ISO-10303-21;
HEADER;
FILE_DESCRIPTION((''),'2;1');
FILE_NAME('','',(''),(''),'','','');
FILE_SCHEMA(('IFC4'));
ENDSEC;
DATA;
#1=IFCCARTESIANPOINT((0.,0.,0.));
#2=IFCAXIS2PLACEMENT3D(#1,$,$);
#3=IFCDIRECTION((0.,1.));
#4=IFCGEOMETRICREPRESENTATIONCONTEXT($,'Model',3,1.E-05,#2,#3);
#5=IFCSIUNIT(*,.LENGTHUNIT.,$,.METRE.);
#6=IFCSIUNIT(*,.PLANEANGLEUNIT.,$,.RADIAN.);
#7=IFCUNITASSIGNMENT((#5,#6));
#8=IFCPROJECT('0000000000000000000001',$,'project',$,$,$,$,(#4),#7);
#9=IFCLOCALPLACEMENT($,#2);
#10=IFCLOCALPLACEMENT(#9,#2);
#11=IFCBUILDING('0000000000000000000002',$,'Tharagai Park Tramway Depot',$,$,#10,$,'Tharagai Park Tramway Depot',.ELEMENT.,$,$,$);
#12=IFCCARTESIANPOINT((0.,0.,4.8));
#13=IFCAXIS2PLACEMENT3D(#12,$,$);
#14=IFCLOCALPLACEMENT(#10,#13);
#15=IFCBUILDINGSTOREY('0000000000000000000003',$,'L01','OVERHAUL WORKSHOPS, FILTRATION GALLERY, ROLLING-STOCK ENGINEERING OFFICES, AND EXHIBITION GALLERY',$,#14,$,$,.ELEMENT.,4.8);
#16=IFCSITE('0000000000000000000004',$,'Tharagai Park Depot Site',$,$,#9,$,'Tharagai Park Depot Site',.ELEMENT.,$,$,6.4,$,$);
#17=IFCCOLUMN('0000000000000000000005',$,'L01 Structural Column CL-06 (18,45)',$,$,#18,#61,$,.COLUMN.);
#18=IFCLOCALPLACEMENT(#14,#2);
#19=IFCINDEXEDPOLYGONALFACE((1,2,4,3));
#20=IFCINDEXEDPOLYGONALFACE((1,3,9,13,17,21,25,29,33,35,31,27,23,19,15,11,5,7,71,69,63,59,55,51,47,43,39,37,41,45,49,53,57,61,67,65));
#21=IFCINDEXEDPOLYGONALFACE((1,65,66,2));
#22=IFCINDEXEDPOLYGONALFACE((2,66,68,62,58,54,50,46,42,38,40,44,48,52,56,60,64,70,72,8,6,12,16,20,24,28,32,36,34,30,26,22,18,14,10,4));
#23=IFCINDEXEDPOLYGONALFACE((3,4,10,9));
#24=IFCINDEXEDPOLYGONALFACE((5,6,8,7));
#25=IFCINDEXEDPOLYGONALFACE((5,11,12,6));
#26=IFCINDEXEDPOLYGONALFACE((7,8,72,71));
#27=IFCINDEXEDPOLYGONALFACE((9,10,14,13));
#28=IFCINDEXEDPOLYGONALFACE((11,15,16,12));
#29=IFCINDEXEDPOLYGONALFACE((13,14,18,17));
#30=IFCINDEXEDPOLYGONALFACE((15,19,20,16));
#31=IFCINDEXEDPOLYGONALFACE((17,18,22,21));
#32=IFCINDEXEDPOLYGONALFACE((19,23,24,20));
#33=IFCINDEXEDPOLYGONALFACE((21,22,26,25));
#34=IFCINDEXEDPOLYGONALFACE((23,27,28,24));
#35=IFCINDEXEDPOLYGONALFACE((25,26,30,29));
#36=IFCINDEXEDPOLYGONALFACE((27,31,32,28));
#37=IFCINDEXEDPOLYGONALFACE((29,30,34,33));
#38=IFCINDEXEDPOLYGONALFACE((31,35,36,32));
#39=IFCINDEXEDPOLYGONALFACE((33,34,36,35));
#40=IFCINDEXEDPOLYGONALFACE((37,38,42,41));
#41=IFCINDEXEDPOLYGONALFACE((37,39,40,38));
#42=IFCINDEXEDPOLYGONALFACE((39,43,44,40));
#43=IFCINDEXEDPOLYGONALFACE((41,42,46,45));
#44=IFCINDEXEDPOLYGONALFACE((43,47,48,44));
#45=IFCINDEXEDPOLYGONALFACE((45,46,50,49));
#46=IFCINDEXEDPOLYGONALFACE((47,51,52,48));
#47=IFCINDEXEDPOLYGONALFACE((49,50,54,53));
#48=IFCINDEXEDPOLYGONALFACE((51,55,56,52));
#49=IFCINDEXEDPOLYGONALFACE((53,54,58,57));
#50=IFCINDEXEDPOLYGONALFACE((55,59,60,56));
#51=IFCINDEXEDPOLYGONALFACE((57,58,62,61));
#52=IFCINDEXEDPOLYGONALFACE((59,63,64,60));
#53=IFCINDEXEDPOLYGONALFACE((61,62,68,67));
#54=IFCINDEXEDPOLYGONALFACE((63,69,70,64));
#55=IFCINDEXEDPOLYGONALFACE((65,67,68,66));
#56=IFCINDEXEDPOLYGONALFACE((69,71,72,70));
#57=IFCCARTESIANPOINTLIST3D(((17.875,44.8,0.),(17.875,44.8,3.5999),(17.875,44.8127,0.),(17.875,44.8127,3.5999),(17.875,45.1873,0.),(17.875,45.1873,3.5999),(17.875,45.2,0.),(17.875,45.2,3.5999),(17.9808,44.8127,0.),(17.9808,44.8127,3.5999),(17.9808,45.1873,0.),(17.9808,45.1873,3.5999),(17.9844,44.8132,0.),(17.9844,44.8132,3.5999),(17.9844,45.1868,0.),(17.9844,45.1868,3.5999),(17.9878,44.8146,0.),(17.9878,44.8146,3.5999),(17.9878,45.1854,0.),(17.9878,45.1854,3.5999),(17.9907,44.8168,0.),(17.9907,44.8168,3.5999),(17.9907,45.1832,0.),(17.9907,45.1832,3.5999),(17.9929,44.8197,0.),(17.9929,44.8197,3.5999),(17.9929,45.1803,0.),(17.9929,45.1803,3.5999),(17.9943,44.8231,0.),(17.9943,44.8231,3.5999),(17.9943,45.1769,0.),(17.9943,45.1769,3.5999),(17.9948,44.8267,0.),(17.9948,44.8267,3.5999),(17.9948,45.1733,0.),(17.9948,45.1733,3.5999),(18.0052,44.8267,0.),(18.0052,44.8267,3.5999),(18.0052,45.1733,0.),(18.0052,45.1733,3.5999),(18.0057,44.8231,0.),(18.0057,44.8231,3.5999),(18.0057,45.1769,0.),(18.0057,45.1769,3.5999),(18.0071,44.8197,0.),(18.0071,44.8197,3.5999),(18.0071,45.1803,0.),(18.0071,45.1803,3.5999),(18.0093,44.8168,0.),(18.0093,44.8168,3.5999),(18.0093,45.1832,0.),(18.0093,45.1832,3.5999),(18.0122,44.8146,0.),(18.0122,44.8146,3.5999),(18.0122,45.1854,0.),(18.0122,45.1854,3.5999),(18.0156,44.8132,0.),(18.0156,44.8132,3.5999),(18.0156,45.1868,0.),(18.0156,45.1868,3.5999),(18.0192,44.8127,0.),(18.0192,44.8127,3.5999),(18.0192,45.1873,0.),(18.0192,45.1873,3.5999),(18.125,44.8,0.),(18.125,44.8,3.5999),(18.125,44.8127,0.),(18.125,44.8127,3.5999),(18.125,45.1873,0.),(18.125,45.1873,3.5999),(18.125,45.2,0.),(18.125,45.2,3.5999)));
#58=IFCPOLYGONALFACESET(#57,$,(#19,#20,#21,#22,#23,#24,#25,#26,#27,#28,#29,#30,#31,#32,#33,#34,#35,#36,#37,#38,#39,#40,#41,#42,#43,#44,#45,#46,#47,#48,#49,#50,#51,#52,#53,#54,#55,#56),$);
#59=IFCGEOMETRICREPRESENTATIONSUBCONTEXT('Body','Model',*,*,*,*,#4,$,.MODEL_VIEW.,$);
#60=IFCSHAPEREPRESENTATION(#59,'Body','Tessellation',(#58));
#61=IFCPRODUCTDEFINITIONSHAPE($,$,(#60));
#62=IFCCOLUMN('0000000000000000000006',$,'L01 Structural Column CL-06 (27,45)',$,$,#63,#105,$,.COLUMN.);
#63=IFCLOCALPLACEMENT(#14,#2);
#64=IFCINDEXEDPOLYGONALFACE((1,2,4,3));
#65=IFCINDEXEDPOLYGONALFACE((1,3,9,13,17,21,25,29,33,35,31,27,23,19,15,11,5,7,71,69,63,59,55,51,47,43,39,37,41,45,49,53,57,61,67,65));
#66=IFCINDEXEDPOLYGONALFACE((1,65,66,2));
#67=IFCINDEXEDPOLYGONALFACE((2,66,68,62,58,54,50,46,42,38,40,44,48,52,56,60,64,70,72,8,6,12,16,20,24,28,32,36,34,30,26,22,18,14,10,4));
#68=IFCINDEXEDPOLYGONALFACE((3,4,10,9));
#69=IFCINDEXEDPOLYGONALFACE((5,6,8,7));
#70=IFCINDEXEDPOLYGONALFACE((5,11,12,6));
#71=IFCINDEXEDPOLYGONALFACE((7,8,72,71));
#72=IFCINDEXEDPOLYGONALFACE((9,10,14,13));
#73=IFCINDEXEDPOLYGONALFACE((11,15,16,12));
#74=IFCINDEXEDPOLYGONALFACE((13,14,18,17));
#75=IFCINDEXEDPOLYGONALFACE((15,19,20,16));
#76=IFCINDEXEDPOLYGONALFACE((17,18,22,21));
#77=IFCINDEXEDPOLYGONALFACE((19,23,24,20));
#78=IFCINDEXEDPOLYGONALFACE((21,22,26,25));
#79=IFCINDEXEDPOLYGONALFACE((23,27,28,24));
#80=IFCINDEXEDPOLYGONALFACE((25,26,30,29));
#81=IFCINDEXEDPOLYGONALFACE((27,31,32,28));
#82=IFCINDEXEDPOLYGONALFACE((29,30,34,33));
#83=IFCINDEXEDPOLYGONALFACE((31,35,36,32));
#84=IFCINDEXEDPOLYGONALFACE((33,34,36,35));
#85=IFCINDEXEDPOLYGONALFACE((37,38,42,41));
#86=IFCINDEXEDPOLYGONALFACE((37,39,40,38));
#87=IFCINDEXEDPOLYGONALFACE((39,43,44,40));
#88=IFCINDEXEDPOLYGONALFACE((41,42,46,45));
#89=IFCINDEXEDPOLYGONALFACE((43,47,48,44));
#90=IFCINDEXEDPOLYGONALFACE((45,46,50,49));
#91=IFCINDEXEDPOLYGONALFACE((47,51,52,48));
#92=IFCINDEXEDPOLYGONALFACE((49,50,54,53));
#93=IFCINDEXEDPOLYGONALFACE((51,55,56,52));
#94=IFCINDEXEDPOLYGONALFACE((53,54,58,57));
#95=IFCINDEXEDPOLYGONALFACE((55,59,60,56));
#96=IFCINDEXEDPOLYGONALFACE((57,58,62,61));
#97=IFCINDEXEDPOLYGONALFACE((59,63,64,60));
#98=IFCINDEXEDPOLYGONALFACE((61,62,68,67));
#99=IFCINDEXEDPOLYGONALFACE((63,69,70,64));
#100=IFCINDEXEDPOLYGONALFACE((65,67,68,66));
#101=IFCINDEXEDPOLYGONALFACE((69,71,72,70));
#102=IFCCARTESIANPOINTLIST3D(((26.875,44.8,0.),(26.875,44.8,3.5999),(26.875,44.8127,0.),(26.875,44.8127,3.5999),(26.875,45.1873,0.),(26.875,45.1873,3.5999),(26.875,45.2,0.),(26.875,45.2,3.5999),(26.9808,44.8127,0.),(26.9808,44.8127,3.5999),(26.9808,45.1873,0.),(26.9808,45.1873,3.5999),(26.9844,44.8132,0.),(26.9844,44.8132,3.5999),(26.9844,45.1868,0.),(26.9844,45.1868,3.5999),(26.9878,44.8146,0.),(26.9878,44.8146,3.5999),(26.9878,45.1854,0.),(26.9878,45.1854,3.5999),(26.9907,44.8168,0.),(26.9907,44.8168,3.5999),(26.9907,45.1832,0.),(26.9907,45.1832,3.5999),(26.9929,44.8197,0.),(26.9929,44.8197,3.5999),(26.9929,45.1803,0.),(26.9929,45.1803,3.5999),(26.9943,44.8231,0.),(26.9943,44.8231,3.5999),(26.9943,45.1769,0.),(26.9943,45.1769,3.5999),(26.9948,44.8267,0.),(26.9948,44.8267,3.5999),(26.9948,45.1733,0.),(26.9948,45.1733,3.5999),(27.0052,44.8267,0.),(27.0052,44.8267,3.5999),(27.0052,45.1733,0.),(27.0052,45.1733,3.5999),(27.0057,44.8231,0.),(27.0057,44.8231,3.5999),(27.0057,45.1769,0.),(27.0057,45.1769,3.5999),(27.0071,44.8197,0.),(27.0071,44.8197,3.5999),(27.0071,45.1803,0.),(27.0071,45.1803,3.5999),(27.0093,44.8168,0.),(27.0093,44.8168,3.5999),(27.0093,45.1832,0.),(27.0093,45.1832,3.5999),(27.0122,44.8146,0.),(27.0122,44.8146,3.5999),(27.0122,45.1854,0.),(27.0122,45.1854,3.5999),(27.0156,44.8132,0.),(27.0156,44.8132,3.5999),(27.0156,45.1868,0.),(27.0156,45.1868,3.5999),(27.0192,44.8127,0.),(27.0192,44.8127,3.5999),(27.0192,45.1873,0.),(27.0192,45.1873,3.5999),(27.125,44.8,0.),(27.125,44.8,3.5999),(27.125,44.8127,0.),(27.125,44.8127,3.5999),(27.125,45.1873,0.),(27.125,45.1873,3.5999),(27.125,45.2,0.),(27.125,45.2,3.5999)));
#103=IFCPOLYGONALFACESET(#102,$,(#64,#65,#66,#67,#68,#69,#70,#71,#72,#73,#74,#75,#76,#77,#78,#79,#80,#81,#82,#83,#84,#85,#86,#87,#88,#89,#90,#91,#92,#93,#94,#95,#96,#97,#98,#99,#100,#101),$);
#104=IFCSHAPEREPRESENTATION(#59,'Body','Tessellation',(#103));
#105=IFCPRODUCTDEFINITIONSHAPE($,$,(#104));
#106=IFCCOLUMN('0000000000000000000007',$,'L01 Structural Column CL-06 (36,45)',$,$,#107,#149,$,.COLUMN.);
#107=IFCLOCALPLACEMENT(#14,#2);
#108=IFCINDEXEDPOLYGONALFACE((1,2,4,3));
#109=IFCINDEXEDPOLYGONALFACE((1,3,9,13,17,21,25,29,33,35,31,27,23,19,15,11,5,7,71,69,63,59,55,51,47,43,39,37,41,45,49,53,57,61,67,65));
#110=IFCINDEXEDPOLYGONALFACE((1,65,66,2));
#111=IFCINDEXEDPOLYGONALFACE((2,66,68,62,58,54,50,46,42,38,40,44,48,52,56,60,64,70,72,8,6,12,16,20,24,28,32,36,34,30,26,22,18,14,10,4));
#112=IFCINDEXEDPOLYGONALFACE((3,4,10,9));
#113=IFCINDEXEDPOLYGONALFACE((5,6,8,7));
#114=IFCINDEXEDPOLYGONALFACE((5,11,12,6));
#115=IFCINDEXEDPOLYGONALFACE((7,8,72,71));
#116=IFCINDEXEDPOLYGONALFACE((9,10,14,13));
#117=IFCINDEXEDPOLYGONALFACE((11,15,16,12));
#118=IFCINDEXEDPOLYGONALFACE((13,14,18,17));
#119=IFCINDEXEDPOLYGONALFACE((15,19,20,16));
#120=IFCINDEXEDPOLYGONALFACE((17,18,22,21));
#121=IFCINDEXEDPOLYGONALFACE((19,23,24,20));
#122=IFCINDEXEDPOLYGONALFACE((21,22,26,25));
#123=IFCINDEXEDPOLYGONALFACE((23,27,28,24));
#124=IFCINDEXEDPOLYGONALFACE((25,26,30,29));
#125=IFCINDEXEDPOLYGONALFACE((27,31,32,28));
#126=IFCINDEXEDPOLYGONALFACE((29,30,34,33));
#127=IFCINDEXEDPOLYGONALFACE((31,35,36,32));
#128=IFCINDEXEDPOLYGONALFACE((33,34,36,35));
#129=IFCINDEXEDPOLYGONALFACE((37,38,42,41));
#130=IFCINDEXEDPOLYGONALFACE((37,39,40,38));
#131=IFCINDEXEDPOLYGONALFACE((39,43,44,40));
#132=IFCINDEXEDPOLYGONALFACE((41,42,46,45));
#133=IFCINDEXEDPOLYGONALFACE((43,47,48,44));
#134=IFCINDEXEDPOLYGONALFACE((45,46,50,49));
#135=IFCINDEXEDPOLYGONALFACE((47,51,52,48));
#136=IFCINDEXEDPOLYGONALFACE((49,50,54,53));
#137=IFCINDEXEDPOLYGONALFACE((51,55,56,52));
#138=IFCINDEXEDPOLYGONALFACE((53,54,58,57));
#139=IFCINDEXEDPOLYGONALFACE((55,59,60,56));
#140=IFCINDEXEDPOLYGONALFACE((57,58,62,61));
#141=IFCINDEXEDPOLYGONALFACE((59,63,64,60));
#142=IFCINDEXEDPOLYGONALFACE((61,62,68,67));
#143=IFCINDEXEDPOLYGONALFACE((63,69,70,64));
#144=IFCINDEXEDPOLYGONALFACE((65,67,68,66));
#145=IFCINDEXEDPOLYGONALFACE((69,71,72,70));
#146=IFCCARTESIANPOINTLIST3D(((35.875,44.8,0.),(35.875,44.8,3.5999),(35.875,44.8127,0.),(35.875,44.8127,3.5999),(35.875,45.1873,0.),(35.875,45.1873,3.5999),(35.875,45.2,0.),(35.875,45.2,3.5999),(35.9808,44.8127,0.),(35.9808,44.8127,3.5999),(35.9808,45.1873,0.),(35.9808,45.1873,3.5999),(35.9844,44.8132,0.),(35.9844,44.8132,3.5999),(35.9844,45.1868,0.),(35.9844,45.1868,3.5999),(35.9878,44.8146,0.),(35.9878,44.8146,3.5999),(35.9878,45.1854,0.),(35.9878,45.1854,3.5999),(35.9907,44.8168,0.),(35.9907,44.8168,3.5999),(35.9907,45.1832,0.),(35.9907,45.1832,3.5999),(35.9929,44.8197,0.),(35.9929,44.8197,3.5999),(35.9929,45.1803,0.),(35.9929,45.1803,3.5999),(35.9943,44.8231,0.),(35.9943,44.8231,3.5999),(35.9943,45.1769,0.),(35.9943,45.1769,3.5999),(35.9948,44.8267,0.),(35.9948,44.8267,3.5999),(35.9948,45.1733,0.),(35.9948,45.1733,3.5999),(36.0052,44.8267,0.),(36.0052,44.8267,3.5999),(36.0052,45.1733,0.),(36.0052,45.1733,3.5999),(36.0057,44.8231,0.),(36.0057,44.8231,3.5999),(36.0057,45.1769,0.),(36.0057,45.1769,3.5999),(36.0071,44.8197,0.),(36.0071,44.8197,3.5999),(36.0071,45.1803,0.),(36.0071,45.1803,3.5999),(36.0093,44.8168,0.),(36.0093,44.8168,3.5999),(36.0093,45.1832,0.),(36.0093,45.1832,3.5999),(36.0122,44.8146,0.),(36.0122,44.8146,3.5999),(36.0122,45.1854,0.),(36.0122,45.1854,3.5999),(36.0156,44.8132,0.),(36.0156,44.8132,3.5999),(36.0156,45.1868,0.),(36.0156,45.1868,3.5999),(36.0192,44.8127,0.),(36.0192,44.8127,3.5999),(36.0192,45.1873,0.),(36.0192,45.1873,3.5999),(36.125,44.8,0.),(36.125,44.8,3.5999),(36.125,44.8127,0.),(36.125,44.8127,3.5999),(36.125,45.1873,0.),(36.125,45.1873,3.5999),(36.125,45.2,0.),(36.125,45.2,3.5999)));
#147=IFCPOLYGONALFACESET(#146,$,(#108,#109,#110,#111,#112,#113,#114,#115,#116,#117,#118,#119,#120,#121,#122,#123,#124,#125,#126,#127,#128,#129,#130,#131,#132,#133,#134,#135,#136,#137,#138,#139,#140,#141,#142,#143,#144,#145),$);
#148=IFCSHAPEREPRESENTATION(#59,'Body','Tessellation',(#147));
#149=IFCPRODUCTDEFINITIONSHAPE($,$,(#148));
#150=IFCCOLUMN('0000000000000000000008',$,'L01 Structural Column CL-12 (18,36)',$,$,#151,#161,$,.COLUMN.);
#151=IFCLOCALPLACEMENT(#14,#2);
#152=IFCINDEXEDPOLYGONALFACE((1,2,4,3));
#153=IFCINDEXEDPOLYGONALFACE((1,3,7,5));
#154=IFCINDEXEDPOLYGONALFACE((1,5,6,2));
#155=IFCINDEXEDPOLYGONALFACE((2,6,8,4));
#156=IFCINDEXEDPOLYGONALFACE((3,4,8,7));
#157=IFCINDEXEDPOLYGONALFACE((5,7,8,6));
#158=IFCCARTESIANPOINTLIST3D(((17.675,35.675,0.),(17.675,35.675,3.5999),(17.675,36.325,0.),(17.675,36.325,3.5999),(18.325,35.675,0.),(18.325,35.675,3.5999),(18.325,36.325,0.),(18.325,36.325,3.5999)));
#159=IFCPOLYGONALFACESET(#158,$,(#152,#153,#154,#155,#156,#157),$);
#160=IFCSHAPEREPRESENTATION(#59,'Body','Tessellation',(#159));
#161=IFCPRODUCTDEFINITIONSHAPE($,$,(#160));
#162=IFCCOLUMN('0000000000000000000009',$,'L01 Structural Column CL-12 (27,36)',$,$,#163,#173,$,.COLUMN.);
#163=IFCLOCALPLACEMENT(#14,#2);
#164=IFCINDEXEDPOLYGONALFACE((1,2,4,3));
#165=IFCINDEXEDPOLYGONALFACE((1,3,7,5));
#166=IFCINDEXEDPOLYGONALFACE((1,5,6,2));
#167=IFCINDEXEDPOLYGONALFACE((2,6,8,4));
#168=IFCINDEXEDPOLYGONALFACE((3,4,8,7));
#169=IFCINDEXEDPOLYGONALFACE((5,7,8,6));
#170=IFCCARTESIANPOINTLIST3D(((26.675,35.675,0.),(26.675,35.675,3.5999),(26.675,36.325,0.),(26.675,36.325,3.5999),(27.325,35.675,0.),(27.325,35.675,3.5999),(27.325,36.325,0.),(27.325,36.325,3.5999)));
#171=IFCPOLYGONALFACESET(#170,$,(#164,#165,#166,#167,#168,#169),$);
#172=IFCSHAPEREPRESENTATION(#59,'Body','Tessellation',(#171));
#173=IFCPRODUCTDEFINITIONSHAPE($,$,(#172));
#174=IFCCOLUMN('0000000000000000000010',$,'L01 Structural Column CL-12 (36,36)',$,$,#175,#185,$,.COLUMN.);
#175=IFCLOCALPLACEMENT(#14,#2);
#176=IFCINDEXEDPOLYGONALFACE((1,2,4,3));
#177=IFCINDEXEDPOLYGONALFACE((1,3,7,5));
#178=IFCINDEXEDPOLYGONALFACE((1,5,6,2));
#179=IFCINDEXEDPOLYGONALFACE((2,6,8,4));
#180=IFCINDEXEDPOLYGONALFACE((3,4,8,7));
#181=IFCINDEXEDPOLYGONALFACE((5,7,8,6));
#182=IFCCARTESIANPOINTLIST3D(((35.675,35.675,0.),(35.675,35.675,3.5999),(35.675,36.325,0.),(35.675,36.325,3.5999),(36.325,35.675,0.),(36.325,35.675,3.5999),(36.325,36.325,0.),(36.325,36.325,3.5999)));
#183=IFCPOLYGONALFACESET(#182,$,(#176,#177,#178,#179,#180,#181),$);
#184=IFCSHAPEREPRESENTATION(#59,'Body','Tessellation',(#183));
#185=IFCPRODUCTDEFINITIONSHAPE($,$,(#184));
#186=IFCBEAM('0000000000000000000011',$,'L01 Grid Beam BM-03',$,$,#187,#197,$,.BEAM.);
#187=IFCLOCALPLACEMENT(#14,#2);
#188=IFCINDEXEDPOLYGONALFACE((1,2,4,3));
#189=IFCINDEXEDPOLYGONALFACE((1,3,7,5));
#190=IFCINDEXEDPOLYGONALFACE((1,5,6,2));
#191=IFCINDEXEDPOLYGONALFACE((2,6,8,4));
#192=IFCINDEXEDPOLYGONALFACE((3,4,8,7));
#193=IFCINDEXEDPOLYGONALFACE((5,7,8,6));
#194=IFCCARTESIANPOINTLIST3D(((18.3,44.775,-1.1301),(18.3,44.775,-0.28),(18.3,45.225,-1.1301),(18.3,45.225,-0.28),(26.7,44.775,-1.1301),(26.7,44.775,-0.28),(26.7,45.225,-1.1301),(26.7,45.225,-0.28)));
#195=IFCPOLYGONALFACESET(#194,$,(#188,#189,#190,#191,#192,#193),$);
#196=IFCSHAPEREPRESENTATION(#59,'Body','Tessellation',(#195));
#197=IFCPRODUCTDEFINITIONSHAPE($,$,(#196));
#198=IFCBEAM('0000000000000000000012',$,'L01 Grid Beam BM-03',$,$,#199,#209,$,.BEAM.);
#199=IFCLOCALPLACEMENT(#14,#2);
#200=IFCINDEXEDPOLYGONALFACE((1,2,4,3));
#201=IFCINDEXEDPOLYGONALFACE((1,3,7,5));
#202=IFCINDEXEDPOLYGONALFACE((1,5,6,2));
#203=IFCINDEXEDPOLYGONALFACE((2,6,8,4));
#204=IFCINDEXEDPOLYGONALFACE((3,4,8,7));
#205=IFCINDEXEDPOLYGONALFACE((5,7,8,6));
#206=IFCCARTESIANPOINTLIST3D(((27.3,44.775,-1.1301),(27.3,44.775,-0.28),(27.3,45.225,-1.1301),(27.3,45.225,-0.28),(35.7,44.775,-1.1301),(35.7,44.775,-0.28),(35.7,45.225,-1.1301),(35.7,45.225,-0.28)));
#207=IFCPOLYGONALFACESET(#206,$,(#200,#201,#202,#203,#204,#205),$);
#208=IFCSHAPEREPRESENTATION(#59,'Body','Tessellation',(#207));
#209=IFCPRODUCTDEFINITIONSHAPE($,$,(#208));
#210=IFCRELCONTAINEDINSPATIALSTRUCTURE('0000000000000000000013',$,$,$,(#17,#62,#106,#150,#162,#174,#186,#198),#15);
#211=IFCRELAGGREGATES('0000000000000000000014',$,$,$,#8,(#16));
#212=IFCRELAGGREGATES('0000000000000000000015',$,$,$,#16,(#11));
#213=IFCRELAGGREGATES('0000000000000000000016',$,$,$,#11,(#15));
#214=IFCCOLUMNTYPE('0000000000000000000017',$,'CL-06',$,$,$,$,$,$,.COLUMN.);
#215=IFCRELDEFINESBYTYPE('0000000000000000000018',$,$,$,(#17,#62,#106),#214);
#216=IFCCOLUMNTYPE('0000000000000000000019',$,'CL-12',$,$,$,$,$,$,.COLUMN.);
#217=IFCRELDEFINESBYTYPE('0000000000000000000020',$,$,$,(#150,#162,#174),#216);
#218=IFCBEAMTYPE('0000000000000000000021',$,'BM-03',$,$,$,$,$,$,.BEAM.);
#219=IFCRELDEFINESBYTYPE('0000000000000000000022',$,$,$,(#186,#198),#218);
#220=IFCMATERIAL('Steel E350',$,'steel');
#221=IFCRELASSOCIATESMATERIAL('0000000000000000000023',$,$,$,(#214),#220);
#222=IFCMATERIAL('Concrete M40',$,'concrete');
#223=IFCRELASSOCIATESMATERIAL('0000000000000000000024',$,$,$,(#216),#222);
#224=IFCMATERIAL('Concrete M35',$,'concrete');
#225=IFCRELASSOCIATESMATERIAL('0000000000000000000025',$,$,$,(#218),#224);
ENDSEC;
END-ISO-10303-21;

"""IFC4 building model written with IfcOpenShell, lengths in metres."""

from ifc_helpers import new_model, si_unit, direction, frame, origin, origin_2d, place, context, subcontext, project, spatial, rectangle, i_section, extrude, material, material_profile, profile_set, type_object, element, save


model = new_model("IFC4")

# Units and contexts
model_context = context("Model", 3, precision=1e-05, world=origin(), true_north=direction((0.0, 1.0)))
body_context = subcontext(model_context, "Body", "Model", "MODEL_VIEW")
ifc_project = project(units=[si_unit("LENGTHUNIT", "METRE"), si_unit("PLANEANGLEUNIT", "RADIAN")], contexts=[model_context])

# Site, building, storey
site_placement = place(None, origin())
site = spatial("IfcSite", under=ifc_project, at=site_placement, Name="Tharagai Park Depot Site", LongName="Tharagai Park Depot Site", CompositionType="ELEMENT", RefElevation=6.4)
building_placement = place(site_placement, origin())
building = spatial("IfcBuilding", under=site, at=building_placement, Name="Tharagai Park Tramway Depot", LongName="Tharagai Park Tramway Depot", CompositionType="ELEMENT")
storey_placement = place(building_placement, frame((0.0, 0.0, 4.8)))
storey = spatial("IfcBuildingStorey", under=building, at=storey_placement, Name="L01", Description="OVERHAUL WORKSHOPS, FILTRATION GALLERY, ROLLING-STOCK ENGINEERING OFFICES, AND EXHIBITION GALLERY", CompositionType="ELEMENT", Elevation=4.8)

# Columns
ifc_material_1 = material(Name="Steel E350", Category="steel")
ifc_material_profile_1 = material_profile(ifc_material_1, i_section(OverallWidth=0.25, OverallDepth=0.3999, WebThickness=0.0105, FlangeThickness=0.0127, FilletRadius=0.0139, at=origin_2d()), Name="ISHB 400")
ifc_profile_set_1 = profile_set([ifc_material_profile_1], Name="Steel E350")
column_type_1 = type_object("IfcColumnType", Name="CL-06", PredefinedType="COLUMN", material=ifc_profile_set_1)
for number, where, z_axis, x_axis, name in (
    (1, (18.0, 45.0, 0.0), (0.0, 0.0, 1.0), (1.0, 0.0, 0.0), "L01 Structural Column CL-06 (18,45)"),
    (2, (27.0, 45.0, 0.0), (0.0, 0.0, 1.0), (1.0, 0.0, 0.0), "L01 Structural Column CL-06 (27,45)"),
    (3, (36.0, 45.0, 0.0), (0.0, 0.0, 1.0), (1.0, 0.0, 0.0), "L01 Structural Column CL-06 (36,45)"),
):
    element("IfcColumn", number, at=place(storey_placement, frame(where, z_axis=z_axis, x_axis=x_axis)), inside=storey, type_object=column_type_1, Name=name, PredefinedType="COLUMN", context=body_context, shape_type="SweptSolid", body=[
        extrude(i_section(OverallWidth=0.25, OverallDepth=0.3999, WebThickness=0.0105, FlangeThickness=0.0127, FilletRadius=0.0139, at=origin_2d()), origin(), (0.0, 0.0, 1.0), 3.5999),
    ])
ifc_material_2 = material(Name="Concrete M40", Category="concrete")
ifc_material_profile_2 = material_profile(ifc_material_2, rectangle(XDim=0.6499, YDim=0.6499, at=origin_2d()), Name="RC 650x650")
ifc_profile_set_2 = profile_set([ifc_material_profile_2], Name="Concrete M40")
column_type_2 = type_object("IfcColumnType", Name="CL-12", PredefinedType="COLUMN", material=ifc_profile_set_2)
for number, where, z_axis, x_axis, name in (
    (4, (18.0, 36.0, 0.0), (0.0, 0.0, 1.0), (1.0, 0.0, 0.0), "L01 Structural Column CL-12 (18,36)"),
    (5, (27.0, 36.0, 0.0), (0.0, 0.0, 1.0), (1.0, 0.0, 0.0), "L01 Structural Column CL-12 (27,36)"),
    (6, (36.0, 36.0, 0.0), (0.0, 0.0, 1.0), (1.0, 0.0, 0.0), "L01 Structural Column CL-12 (36,36)"),
):
    element("IfcColumn", number, at=place(storey_placement, frame(where, z_axis=z_axis, x_axis=x_axis)), inside=storey, type_object=column_type_2, Name=name, PredefinedType="COLUMN", context=body_context, shape_type="SweptSolid", body=[
        extrude(rectangle(XDim=0.6499, YDim=0.6499, at=origin_2d()), origin(), (0.0, 0.0, 1.0), 3.5999),
    ])

# Beams
ifc_material_3 = material(Name="Concrete M35", Category="concrete")
ifc_material_profile_3 = material_profile(ifc_material_3, rectangle(XDim=0.45, YDim=0.8501, at=origin_2d()), Name="RC 450x850")
ifc_profile_set_3 = profile_set([ifc_material_profile_3], Name="Concrete M35")
beam_type_1 = type_object("IfcBeamType", Name="BM-03", PredefinedType="BEAM", material=ifc_profile_set_3)
for number, where, z_axis, x_axis, name in (
    (7, (18.3, 45.0, -0.7051), (1.0, 0.0, 0.0), (0.0, 1.0, 0.0), "L01 Grid Beam BM-03"),
    (8, (27.3, 45.0, -0.7051), (1.0, 0.0, 0.0), (0.0, 1.0, 0.0), "L01 Grid Beam BM-03"),
):
    element("IfcBeam", number, at=place(storey_placement, frame(where, z_axis=z_axis, x_axis=x_axis)), inside=storey, type_object=beam_type_1, Name=name, PredefinedType="BEAM", context=body_context, shape_type="SweptSolid", body=[
        extrude(rectangle(XDim=0.45, YDim=0.8501, at=origin_2d()), origin(), (0.0, 0.0, 1.0), 8.3999),
    ])

save(model, "model.ifc")
